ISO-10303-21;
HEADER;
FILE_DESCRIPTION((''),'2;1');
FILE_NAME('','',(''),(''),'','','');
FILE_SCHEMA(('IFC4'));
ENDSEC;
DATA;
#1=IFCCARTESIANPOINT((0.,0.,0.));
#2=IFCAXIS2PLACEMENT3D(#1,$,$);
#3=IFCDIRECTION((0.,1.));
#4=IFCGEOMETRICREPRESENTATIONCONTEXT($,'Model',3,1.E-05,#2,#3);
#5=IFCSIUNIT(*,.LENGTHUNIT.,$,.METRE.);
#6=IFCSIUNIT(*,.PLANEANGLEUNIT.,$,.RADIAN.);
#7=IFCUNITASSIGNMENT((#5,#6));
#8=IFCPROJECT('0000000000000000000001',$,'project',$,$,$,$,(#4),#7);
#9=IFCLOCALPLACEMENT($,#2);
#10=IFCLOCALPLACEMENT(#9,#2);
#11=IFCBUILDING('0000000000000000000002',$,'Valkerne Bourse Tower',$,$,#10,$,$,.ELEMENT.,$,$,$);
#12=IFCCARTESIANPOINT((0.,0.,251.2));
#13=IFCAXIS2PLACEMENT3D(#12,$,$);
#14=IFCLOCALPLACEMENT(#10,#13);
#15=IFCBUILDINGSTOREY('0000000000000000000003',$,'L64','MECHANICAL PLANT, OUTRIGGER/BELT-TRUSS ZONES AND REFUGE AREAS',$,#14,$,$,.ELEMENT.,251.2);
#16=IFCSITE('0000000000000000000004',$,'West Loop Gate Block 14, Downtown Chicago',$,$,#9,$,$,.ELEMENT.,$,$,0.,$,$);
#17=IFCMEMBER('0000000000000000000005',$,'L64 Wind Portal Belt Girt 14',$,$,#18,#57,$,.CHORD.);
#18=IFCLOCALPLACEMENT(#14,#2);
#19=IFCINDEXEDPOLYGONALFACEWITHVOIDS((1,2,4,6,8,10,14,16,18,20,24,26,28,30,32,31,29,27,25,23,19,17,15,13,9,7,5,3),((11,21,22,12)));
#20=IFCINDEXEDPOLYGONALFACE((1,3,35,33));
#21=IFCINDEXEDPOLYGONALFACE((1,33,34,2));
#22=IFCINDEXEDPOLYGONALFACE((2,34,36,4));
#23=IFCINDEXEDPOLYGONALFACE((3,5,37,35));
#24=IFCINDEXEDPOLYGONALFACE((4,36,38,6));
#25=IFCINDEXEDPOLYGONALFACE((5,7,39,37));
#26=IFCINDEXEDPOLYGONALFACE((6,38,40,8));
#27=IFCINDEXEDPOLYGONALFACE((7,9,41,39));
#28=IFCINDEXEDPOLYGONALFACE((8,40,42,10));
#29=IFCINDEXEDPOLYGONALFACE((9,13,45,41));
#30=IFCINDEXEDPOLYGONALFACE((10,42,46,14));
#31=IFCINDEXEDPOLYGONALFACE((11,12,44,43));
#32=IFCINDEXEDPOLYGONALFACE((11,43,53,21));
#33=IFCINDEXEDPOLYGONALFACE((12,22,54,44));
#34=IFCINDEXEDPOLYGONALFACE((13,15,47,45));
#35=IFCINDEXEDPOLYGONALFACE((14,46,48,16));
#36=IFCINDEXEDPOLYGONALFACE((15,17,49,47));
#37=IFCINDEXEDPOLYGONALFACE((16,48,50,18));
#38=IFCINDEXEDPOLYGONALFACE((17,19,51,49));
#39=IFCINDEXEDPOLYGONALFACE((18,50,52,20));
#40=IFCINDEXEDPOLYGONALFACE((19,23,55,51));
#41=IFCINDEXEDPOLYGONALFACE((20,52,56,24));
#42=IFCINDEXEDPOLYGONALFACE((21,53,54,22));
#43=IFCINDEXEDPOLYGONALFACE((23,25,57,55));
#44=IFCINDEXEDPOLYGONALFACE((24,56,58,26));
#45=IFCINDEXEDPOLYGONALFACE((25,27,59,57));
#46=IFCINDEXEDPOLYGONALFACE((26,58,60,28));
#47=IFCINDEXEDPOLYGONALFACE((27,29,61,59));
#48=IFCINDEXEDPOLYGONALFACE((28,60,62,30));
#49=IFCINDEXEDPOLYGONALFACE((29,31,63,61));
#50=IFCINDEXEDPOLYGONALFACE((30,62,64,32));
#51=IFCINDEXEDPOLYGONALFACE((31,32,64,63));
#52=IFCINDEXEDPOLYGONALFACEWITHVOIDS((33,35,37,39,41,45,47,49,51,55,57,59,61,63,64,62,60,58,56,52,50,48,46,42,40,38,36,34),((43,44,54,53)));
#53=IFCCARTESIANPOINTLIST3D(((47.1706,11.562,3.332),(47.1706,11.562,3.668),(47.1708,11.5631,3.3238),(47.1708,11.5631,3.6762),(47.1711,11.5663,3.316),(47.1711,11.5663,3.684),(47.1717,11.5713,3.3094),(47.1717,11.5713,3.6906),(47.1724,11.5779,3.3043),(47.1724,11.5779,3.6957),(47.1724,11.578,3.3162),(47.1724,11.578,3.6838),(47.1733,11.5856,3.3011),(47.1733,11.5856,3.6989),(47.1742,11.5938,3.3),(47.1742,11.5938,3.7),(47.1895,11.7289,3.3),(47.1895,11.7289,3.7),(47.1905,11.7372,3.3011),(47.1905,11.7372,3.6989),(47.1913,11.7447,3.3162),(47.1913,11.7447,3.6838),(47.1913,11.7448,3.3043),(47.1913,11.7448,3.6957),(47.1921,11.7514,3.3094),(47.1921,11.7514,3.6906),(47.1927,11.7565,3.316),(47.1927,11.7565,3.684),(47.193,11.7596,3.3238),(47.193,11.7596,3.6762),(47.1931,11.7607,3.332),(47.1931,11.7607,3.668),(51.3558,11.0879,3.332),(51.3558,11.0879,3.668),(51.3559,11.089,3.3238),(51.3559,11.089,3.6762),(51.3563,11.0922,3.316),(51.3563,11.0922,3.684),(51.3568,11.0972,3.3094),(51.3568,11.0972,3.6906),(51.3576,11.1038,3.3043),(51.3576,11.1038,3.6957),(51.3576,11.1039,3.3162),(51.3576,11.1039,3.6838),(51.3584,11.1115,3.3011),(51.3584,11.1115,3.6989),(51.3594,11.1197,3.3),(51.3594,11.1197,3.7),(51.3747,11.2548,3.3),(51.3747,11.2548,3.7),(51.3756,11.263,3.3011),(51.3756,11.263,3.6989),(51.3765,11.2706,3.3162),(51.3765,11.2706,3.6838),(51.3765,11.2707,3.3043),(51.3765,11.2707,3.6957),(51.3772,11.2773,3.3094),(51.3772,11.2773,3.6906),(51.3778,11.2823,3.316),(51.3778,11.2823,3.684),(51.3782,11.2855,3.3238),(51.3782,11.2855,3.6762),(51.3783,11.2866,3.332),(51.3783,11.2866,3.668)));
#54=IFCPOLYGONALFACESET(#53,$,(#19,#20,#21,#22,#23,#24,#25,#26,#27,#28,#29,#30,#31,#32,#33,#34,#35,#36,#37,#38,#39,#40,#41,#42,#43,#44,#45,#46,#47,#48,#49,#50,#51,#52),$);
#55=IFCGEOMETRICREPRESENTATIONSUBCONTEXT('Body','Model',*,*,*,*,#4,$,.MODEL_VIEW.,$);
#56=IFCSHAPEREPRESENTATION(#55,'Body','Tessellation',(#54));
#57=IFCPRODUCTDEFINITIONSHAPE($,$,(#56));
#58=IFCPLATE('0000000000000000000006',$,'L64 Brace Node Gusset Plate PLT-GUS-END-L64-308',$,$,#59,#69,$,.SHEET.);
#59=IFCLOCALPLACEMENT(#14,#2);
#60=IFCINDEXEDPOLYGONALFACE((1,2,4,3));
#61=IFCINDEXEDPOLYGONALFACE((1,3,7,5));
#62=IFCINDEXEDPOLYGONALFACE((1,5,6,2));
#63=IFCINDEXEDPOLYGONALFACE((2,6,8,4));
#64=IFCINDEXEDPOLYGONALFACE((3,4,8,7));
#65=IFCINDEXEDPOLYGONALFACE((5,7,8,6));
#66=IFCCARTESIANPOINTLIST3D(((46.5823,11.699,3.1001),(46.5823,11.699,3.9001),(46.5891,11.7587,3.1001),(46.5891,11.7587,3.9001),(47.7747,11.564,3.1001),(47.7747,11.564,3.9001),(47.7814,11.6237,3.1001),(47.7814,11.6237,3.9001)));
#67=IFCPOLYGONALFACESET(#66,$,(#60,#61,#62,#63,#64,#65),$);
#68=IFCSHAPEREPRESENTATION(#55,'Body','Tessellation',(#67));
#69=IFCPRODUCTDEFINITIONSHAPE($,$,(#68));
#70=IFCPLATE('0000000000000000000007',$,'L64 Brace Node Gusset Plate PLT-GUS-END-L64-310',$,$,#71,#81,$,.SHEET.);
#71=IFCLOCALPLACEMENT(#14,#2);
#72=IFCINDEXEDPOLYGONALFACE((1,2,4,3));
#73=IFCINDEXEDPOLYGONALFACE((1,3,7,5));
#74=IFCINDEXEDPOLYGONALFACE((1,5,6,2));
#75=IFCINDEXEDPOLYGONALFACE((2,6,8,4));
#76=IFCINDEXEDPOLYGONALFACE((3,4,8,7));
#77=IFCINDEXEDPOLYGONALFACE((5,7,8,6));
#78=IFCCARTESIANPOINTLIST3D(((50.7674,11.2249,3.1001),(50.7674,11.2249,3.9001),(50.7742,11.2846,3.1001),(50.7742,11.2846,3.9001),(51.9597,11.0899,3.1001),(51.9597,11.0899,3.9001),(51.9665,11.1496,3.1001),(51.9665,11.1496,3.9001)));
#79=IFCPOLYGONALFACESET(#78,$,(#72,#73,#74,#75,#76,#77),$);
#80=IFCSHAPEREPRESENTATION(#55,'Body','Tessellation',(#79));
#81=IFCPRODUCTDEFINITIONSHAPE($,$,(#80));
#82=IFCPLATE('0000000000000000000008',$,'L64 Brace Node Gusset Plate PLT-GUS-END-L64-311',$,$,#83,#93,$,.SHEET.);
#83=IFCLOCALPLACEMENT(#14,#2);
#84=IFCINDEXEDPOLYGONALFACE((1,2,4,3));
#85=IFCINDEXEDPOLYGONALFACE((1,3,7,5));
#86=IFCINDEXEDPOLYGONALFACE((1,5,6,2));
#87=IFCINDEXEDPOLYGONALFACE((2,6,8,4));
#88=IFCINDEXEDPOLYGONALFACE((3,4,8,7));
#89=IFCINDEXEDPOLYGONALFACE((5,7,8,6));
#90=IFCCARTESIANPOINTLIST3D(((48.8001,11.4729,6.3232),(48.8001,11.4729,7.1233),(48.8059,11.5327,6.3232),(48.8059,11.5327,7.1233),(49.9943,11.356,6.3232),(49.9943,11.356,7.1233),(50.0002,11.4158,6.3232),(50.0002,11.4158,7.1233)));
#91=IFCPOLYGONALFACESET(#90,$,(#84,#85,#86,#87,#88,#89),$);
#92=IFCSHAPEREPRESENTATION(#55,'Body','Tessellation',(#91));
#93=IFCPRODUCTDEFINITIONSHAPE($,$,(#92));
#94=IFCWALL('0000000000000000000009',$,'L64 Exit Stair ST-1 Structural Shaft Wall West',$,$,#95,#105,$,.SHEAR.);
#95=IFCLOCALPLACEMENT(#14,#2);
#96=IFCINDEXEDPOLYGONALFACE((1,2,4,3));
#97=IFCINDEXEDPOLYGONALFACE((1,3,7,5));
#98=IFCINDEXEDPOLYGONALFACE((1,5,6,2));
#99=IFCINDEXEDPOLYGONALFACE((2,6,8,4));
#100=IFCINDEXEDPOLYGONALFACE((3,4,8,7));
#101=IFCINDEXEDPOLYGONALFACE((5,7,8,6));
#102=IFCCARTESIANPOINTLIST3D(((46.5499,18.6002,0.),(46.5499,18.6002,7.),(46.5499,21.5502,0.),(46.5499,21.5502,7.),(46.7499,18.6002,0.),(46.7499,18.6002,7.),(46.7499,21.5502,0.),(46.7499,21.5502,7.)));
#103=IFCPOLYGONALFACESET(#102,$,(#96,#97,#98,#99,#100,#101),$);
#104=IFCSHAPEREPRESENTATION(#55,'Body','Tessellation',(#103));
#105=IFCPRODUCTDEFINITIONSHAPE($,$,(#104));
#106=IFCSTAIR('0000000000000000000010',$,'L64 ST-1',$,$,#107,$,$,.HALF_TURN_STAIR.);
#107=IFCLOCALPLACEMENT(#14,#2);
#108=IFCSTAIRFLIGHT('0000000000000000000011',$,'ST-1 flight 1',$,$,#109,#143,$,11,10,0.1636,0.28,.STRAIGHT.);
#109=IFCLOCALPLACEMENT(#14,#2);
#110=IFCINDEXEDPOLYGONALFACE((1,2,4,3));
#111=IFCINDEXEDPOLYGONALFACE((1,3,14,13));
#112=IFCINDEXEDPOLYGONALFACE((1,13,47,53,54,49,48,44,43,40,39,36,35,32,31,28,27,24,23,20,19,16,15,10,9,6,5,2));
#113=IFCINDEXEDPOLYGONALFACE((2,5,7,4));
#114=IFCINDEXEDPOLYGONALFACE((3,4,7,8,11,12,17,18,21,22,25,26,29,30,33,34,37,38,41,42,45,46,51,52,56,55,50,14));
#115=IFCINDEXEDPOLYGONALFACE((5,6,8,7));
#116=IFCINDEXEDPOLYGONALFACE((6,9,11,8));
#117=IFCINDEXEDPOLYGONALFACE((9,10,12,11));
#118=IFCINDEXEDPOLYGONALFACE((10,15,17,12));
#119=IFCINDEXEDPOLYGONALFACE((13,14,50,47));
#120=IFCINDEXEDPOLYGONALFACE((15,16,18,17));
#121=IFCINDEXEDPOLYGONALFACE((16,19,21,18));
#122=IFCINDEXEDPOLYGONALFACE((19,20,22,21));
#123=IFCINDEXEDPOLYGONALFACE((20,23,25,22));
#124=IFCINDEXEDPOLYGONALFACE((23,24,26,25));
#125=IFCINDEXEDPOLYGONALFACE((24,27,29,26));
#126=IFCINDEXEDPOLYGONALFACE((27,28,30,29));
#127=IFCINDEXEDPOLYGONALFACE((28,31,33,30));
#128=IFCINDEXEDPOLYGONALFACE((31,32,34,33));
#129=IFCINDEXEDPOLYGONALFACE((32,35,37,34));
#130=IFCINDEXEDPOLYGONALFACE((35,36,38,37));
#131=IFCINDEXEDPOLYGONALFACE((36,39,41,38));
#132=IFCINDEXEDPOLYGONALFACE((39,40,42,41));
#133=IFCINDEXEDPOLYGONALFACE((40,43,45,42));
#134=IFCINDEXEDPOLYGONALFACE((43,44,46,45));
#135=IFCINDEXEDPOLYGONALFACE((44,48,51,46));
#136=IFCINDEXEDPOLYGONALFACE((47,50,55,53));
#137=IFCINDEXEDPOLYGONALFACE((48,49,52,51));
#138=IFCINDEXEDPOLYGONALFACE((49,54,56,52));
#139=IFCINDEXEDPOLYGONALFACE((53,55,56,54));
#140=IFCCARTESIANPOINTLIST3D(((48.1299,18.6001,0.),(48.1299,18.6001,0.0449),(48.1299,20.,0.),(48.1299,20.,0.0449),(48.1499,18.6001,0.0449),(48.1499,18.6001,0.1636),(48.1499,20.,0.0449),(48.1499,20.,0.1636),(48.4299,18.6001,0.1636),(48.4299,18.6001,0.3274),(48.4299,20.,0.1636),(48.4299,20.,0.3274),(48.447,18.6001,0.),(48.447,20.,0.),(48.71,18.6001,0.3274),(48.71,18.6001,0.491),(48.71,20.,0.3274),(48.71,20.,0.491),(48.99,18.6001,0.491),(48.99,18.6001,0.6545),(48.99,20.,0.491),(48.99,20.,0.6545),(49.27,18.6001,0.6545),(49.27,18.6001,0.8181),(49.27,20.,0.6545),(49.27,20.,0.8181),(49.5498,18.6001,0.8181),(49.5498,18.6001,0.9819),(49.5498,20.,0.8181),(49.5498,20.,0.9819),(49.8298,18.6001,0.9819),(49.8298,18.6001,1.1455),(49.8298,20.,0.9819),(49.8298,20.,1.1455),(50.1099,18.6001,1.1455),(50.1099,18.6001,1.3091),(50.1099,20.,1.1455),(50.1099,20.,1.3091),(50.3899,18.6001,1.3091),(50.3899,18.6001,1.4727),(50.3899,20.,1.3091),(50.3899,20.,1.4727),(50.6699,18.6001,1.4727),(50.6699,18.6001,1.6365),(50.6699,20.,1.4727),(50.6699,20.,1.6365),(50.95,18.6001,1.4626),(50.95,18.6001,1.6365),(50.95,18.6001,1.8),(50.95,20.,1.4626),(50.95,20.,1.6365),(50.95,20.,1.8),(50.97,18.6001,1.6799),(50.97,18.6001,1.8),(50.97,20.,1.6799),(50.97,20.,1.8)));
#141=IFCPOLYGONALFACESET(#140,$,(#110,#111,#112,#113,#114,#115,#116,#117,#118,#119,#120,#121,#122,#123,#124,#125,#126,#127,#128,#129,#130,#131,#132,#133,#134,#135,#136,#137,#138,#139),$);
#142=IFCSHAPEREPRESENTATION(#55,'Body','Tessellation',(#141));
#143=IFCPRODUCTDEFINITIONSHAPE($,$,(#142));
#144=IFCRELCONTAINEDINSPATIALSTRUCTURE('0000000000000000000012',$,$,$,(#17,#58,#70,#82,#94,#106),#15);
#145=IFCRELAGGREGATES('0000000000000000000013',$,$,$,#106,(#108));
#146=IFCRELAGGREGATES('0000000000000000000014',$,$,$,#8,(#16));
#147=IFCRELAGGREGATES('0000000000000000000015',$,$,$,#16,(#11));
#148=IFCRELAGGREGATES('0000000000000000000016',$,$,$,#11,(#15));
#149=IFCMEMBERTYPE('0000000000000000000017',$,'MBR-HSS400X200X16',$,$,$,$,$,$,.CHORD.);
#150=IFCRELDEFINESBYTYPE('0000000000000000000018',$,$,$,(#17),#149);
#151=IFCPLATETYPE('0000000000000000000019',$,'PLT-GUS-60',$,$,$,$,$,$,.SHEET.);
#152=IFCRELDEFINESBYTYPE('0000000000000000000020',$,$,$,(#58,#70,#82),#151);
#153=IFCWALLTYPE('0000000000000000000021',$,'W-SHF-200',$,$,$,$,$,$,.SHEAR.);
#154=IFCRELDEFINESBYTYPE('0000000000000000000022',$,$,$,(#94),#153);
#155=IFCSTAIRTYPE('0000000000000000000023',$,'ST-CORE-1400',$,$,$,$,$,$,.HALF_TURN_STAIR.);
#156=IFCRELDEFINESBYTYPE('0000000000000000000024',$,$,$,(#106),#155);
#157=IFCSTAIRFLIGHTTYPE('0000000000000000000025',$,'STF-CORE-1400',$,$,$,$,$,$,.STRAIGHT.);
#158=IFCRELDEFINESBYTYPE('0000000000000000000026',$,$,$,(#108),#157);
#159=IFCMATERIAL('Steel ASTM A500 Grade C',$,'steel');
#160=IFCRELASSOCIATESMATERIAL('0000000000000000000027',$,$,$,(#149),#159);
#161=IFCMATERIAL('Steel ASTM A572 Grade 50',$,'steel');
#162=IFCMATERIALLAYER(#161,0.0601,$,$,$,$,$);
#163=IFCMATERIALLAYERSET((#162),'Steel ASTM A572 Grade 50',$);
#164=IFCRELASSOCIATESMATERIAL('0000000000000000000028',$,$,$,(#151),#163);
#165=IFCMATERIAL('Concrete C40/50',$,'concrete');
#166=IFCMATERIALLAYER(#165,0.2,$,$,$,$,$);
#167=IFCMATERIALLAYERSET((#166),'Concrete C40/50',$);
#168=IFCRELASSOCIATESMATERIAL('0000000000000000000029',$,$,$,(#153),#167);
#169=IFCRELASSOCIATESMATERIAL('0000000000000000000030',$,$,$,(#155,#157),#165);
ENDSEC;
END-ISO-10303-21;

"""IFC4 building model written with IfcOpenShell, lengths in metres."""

from ifc_helpers import new_model, si_unit, direction, frame, frame_2d, origin, origin_2d, place, context, subcontext, project, spatial, polyline, rectangle, hollow_rectangle, outline, extrude, material, layer, layer_set, material_profile, profile_set, type_object, element, aggregate, save


model = new_model("IFC4")

# Units and contexts
model_context = context("Model", 3, precision=1e-05, world=origin(), true_north=direction((0.0, 1.0)))
body_context = subcontext(model_context, "Body", "Model", "MODEL_VIEW")
ifc_project = project(units=[si_unit("LENGTHUNIT", "METRE"), si_unit("PLANEANGLEUNIT", "RADIAN")], contexts=[model_context])

# Site, building, storey
site_placement = place(None, origin())
site = spatial("IfcSite", under=ifc_project, at=site_placement, Name="West Loop Gate Block 14, Downtown Chicago", CompositionType="ELEMENT", RefElevation=0.0)
building_placement = place(site_placement, origin())
building = spatial("IfcBuilding", under=site, at=building_placement, Name="Valkerne Bourse Tower", CompositionType="ELEMENT")
storey_placement = place(building_placement, frame((0.0, 0.0, 251.2)))
storey = spatial("IfcBuildingStorey", under=building, at=storey_placement, Name="L64", Description="MECHANICAL PLANT, OUTRIGGER/BELT-TRUSS ZONES AND REFUGE AREAS", CompositionType="ELEMENT", Elevation=251.2)

# Member
ifc_material_1 = material(Name="Steel ASTM A500 Grade C", Category="steel")
ifc_material_profile_1 = material_profile(ifc_material_1, hollow_rectangle(XDim=0.2, YDim=0.3999, WallThickness=0.0161, OuterFilletRadius=0.032, at=origin_2d()), Name="HSS400X200X16")
ifc_profile_set_1 = profile_set([ifc_material_profile_1], Name="Steel ASTM A500 Grade C")
member_type_1 = type_object("IfcMemberType", Name="MBR-HSS400X200X16", PredefinedType="CHORD", material=ifc_profile_set_1)
member_1_placement = place(storey_placement, frame((47.1819, 11.6614, 3.5), z_axis=(0.993644, -0.112569, 0.0), x_axis=(0.112569, 0.993644, 0.0)))
element("IfcMember", 1, at=member_1_placement, inside=storey, type_object=member_type_1, Name="L64 Wind Portal Belt Girt 14", PredefinedType="CHORD", context=body_context, shape_type="SweptSolid", body=[
    extrude(hollow_rectangle(XDim=0.2, YDim=0.3999, WallThickness=0.0161, OuterFilletRadius=0.032, at=origin_2d()), origin(), (0.0, 0.0, 1.0), 4.2119),
])

# Plates
ifc_material_2 = material(Name="Steel ASTM A572 Grade 50", Category="steel")
ifc_layer_1 = layer(ifc_material_2, 0.0601)
ifc_layer_set_1 = layer_set([ifc_layer_1], Name="Steel ASTM A572 Grade 50")
plate_type = type_object("IfcPlateType", Name="PLT-GUS-60", PredefinedType="SHEET", material=ifc_layer_set_1)
for number, where, z_axis, x_axis, name in (
    (2, (47.1819, 11.6614, 3.1001), (0.0, 0.0, 1.0), (0.993651, -0.11251, 0.0), "L64 Brace Node Gusset Plate PLT-GUS-END-L64-308"),
    (3, (51.3669, 11.1873, 3.1001), (0.0, 0.0, 1.0), (0.993651, -0.11251, 0.0), "L64 Brace Node Gusset Plate PLT-GUS-END-L64-310"),
    (4, (49.4001, 11.4443, 6.3232), (0.0, 0.0, 1.0), (0.995244, -0.097409, 0.0), "L64 Brace Node Gusset Plate PLT-GUS-END-L64-311"),
):
    element("IfcPlate", number, at=place(storey_placement, frame(where, z_axis=z_axis, x_axis=x_axis)), inside=storey, type_object=plate_type, Name=name, PredefinedType="SHEET", context=body_context, shape_type="SweptSolid", body=[
        extrude(rectangle(XDim=1.2, YDim=0.0601, at=origin_2d()), origin(), (0.0, 0.0, 1.0), 0.8),
    ])

# Wall
ifc_material_3 = material(Name="Concrete C40/50", Category="concrete")
ifc_layer_2 = layer(ifc_material_3, 0.2)
ifc_layer_set_2 = layer_set([ifc_layer_2], Name="Concrete C40/50")
wall_type = type_object("IfcWallType", Name="W-SHF-200", PredefinedType="SHEAR", material=ifc_layer_set_2)
wall_placement = place(storey_placement, frame((46.6499, 18.6001, 0.0), z_axis=(0.0, 0.0, 1.0), x_axis=(0.0, 1.0, 0.0)))
element("IfcWall", 5, at=wall_placement, inside=storey, type_object=wall_type, Name="L64 Exit Stair ST-1 Structural Shaft Wall West", PredefinedType="SHEAR", context=body_context, shape_type="SweptSolid", body=[
    extrude(rectangle(XDim=2.95, YDim=0.2, at=frame_2d((1.4751, 0.0))), origin(), (0.0, 0.0, 1.0), 7.0),
])

# Stair, stair flight
stair_type = type_object("IfcStairType", Name="ST-CORE-1400", PredefinedType="HALF_TURN_STAIR", material=ifc_material_3)
stair_placement = place(storey_placement, origin())
stair = element("IfcStair", 6, at=stair_placement, inside=storey, type_object=stair_type, Name="L64 ST-1", PredefinedType="HALF_TURN_STAIR")
stair_flight_type = type_object("IfcStairFlightType", Name="STF-CORE-1400", PredefinedType="STRAIGHT", material=ifc_material_3)
stair_flight_placement = place(storey_placement, frame((48.1499, 19.3, 0.0), z_axis=(0.0, 0.0, 1.0), x_axis=(1.0, 0.0, 0.0)))
stair_flight = element("IfcStairFlight", 7, at=stair_flight_placement, type_object=stair_flight_type, Name="ST-1 flight 1", NumberOfRisers=11, NumberOfTreads=10, PredefinedType="STRAIGHT", RiserHeight=0.1636, TreadLength=0.28, context=body_context, shape_type="SweptSolid", body=[
    extrude(outline(polyline([(-0.02, 0.0), (-0.02, 0.0449), (0.0, 0.0449), (0.0, 0.1636), (0.28, 0.1636), (0.28, 0.3274), (0.5601, 0.3274), (0.5601, 0.491), (0.8401, 0.491), (0.8401, 0.6545), (1.1201, 0.6545), (1.1201, 0.8181), (1.3999, 0.8181), (1.3999, 0.9819), (1.6799, 0.9819), (1.6799, 1.1455), (1.96, 1.1455), (1.96, 1.3091), (2.24, 1.3091), (2.24, 1.4727), (2.52, 1.4727), (2.52, 1.6365), (2.8, 1.6365), (2.8, 1.8), (2.8201, 1.8), (2.8201, 1.6799), (2.8, 1.4626), (0.2971, 0.0), (-0.02, 0.0)])), frame((0.0, 0.7, 0.0), z_axis=(0.0, -1.0, 0.0), x_axis=(1.0, 0.0, 0.0)), (0.0, 0.0, 1.0), 1.3999),
])
aggregate(stair, [stair_flight])

save(model, "model.ifc")
